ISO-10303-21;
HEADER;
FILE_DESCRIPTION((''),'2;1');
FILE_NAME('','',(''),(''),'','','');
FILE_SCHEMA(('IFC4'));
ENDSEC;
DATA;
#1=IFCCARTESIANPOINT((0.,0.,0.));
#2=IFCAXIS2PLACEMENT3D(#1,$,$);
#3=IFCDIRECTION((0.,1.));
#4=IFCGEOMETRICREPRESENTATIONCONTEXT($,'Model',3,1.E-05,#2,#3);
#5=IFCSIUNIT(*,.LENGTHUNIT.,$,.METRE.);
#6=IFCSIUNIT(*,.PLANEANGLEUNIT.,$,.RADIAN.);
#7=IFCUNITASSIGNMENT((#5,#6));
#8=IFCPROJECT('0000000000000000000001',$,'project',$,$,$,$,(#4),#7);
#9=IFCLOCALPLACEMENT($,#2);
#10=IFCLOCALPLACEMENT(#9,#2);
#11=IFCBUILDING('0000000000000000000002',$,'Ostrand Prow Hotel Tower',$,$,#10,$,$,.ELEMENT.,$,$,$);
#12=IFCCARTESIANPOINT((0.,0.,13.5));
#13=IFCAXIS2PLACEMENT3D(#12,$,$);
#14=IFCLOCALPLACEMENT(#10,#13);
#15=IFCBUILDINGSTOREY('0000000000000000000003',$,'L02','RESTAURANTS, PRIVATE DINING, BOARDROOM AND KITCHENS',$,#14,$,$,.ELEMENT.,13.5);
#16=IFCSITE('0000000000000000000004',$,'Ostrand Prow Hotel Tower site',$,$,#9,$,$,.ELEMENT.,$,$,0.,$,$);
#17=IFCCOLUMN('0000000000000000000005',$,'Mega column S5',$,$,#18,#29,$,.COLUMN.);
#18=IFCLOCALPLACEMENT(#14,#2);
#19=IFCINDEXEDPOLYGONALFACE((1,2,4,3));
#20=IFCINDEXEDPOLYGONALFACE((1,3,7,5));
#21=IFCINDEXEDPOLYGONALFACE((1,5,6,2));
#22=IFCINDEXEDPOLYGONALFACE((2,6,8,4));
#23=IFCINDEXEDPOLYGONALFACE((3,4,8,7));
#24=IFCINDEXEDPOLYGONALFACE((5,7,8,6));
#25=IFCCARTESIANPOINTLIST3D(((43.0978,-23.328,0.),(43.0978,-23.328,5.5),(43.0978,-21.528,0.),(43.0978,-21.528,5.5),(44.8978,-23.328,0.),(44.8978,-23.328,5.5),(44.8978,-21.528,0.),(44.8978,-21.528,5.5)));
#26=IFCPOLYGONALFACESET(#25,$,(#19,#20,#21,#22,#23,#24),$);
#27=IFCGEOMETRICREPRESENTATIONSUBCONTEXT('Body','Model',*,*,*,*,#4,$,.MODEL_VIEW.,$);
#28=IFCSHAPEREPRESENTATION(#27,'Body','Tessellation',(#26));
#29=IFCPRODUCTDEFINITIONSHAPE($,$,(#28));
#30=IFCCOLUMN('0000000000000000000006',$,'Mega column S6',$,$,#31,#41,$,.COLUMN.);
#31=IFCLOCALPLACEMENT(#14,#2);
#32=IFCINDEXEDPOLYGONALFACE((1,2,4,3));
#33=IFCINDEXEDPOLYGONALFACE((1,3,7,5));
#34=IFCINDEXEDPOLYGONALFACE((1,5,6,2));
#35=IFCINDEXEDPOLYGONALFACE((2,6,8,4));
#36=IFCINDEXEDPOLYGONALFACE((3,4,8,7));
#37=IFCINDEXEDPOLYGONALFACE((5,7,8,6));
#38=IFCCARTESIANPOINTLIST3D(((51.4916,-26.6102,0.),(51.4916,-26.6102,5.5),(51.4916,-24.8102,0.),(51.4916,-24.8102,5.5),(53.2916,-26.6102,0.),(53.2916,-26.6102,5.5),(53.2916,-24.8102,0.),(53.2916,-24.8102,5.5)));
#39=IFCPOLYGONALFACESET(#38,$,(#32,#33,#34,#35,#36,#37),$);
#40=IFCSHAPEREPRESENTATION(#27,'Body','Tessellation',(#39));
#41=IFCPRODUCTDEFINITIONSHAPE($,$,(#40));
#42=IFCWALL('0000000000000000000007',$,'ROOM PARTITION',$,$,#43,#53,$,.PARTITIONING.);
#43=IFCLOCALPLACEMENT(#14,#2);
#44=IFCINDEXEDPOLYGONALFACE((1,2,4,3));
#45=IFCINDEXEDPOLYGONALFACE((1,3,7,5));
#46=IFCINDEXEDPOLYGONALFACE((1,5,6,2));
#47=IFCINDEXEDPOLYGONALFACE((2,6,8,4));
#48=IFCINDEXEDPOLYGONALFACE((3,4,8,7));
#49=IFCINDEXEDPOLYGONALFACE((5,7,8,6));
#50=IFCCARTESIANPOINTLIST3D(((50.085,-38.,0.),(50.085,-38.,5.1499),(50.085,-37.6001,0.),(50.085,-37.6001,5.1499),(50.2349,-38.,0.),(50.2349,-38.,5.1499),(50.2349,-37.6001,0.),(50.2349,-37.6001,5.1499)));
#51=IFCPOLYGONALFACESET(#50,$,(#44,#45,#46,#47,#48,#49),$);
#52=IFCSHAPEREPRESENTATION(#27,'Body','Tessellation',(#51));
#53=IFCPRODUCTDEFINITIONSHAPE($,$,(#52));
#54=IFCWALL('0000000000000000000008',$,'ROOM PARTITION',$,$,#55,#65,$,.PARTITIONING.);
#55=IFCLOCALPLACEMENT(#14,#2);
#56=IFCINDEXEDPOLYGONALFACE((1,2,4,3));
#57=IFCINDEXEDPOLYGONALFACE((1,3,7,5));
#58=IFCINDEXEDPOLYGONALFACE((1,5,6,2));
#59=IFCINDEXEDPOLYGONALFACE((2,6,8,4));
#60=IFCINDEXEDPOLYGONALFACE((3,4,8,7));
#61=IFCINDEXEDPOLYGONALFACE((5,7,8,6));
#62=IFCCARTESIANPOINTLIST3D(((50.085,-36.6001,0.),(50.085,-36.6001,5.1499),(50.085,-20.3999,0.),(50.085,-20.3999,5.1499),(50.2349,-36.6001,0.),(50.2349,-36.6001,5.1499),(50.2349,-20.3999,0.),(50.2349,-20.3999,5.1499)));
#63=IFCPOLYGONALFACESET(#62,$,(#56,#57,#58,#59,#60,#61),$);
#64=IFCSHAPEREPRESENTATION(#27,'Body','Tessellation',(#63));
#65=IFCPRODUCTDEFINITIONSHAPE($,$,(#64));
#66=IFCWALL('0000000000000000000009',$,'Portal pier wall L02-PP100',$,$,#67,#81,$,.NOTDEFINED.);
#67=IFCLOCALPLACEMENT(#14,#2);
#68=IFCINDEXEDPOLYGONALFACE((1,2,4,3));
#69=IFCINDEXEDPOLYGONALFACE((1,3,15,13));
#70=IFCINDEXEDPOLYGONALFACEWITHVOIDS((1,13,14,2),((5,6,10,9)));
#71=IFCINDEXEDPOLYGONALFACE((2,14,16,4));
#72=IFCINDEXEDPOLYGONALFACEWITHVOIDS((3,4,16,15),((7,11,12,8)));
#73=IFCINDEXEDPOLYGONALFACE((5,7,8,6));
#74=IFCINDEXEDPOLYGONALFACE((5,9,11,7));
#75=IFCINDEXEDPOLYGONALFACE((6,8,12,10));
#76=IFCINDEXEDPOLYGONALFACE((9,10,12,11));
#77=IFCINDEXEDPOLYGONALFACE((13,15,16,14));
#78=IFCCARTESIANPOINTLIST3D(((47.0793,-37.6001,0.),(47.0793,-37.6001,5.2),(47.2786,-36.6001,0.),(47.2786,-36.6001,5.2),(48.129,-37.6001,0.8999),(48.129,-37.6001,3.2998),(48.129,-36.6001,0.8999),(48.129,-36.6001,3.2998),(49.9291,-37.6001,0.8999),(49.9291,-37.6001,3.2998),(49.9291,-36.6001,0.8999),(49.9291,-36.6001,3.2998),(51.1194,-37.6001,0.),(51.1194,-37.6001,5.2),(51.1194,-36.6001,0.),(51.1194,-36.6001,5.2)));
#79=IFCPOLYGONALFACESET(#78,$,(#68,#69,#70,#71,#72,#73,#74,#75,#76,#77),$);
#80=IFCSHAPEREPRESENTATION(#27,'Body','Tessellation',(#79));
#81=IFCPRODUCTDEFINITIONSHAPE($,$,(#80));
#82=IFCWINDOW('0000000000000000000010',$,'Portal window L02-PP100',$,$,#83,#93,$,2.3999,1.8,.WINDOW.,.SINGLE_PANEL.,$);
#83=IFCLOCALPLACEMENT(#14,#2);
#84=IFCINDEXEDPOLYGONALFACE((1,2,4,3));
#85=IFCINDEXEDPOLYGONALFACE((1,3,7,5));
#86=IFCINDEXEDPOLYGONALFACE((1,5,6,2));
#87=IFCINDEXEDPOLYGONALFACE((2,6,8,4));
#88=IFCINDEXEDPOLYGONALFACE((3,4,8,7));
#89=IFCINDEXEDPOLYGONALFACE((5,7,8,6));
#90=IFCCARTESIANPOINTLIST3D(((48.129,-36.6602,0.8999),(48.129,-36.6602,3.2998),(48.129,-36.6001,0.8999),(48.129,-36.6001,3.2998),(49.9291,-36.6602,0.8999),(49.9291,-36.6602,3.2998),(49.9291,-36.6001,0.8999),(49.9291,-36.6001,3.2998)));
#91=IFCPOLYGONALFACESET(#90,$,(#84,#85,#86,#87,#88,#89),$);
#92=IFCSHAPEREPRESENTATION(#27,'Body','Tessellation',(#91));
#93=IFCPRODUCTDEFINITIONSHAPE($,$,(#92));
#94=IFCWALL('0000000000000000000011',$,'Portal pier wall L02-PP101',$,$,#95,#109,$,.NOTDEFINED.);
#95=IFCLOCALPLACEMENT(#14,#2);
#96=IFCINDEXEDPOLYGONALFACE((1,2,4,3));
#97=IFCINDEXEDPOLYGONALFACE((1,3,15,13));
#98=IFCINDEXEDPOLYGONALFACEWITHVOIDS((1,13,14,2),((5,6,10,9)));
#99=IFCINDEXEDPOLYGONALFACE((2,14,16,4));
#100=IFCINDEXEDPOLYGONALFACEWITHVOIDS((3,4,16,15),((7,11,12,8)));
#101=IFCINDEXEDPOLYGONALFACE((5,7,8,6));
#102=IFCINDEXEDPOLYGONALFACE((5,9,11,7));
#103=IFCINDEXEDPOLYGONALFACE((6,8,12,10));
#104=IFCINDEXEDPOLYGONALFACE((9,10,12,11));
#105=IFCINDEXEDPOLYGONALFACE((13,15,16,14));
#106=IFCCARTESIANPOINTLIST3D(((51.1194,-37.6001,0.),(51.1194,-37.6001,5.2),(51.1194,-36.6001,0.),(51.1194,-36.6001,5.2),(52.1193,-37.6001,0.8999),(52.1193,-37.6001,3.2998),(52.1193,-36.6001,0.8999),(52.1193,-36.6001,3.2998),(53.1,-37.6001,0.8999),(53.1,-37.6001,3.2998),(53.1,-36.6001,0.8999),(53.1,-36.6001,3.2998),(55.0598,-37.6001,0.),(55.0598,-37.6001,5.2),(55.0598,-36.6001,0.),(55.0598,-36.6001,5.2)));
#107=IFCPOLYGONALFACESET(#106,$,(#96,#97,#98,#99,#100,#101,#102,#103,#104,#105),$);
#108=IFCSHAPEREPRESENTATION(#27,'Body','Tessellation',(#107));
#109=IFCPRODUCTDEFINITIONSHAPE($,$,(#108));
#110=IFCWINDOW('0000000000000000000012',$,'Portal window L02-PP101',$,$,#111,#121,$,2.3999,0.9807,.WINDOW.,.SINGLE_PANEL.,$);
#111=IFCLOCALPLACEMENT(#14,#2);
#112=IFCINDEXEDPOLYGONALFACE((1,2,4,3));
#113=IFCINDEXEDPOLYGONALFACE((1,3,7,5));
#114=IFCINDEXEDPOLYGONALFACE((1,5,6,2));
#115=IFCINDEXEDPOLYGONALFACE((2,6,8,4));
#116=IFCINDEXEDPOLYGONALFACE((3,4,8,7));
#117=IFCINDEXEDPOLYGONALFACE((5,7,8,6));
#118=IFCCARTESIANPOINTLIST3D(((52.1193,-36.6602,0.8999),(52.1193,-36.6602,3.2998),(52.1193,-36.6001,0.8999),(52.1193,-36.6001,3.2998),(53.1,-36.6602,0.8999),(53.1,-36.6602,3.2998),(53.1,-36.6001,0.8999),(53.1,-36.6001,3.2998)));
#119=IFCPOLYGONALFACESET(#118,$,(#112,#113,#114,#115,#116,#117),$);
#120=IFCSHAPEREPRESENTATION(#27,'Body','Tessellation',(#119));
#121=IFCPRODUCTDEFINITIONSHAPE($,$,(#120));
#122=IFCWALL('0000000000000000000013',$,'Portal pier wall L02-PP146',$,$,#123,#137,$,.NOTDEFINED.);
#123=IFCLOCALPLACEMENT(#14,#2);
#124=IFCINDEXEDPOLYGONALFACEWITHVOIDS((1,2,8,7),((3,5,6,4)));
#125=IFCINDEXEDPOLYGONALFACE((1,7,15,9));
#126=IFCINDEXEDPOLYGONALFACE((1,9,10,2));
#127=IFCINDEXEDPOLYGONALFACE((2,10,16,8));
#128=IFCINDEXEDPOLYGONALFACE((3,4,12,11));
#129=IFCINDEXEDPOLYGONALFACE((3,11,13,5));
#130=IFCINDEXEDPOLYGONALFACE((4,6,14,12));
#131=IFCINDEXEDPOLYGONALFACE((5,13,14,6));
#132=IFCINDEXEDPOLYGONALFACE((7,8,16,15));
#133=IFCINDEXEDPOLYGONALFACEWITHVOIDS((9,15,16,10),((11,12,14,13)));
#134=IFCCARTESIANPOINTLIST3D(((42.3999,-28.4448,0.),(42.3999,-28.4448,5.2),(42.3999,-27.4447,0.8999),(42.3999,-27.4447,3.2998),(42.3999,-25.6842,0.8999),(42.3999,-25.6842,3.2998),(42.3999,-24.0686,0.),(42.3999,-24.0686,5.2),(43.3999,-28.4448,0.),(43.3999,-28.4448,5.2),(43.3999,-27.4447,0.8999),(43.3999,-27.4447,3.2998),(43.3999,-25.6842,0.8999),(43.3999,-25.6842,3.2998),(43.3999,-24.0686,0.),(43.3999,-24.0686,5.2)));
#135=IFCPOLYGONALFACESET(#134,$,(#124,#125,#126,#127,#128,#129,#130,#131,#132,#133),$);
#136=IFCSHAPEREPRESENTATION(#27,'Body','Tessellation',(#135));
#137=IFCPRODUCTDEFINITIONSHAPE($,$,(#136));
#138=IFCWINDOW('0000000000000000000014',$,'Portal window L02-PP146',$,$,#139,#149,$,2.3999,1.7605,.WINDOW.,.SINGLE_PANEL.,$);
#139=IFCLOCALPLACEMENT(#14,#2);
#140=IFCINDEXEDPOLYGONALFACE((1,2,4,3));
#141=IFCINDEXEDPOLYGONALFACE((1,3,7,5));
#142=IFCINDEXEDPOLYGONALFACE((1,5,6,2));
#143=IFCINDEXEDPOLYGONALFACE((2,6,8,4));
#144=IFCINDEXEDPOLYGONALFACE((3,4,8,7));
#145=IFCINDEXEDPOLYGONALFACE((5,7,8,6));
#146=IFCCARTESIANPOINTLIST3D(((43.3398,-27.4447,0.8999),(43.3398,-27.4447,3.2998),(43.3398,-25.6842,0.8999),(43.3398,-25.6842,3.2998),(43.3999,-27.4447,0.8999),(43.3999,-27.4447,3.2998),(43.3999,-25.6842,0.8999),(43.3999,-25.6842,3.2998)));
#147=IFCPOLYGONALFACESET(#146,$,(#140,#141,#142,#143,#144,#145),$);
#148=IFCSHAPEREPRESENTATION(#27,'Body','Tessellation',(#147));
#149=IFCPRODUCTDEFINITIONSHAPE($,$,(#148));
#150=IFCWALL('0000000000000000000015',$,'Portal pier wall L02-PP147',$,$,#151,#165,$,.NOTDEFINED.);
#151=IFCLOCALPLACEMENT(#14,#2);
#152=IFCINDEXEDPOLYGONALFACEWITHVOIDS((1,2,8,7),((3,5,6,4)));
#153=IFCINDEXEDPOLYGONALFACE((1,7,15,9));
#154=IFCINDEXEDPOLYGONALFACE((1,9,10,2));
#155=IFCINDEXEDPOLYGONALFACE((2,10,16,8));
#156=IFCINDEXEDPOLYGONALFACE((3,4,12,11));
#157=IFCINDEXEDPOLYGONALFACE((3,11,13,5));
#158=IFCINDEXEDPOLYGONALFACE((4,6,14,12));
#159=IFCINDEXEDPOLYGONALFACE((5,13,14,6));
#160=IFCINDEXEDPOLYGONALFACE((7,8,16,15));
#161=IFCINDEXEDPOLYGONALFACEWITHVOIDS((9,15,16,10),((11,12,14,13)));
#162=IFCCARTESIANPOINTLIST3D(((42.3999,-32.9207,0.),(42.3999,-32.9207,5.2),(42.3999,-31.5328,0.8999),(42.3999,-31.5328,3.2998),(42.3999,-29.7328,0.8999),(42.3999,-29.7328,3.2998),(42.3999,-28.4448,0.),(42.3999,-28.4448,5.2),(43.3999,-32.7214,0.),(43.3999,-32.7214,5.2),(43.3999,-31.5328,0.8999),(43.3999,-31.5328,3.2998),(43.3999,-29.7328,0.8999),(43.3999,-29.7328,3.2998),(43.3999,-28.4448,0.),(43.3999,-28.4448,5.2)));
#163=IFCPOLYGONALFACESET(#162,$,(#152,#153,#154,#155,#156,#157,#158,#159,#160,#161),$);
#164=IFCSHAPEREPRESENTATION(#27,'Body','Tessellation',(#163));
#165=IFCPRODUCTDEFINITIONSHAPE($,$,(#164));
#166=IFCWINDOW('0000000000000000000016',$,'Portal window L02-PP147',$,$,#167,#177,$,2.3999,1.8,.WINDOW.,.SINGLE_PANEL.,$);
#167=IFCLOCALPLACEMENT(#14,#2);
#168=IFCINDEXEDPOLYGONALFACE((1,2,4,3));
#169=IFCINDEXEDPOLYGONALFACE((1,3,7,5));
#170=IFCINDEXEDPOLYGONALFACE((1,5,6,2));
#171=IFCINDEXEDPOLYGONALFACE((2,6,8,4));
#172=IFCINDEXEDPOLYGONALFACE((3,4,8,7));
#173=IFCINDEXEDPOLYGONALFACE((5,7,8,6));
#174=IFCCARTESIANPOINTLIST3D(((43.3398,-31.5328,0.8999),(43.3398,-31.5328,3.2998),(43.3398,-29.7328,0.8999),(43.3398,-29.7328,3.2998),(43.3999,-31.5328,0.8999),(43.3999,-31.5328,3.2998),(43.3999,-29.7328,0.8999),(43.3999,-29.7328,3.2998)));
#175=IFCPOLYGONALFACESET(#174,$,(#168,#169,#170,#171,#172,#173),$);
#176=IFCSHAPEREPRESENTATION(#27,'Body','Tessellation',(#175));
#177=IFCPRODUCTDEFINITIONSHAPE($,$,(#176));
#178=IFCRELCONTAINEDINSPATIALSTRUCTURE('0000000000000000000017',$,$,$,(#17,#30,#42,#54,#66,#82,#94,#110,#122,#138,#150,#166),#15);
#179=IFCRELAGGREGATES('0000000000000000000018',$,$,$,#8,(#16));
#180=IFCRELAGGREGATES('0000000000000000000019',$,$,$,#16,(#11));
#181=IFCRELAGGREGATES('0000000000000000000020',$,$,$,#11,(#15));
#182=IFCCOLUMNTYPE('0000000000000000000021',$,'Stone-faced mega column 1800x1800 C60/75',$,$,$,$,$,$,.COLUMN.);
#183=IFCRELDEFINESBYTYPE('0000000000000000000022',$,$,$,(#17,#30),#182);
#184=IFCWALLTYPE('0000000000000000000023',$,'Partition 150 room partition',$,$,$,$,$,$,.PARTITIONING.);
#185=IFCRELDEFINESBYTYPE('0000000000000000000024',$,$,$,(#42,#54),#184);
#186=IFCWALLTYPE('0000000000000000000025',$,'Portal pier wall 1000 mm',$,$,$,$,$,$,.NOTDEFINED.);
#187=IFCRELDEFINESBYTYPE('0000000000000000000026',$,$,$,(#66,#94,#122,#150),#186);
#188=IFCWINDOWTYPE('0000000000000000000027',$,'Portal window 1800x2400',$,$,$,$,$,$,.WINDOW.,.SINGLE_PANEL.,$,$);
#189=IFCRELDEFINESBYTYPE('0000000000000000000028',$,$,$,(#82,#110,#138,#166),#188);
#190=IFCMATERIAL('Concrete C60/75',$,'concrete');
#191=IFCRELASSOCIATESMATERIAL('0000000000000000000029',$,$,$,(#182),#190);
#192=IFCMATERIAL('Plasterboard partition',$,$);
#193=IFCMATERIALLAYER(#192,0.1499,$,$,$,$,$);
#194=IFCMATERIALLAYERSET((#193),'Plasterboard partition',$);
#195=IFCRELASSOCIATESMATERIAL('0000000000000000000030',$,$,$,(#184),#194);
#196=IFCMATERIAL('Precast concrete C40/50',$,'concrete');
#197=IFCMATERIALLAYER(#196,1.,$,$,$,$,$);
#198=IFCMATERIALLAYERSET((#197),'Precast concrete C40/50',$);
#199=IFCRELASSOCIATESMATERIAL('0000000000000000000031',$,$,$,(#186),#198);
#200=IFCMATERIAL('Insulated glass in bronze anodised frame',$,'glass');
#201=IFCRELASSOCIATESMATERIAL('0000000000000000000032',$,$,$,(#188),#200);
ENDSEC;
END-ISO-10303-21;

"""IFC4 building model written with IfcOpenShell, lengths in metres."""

from ifc_helpers import new_model, si_unit, direction, frame, frame_2d, origin, origin_2d, place, context, subcontext, project, spatial, polyline, rectangle, outline, extrude, material, layer, layer_set, material_profile, profile_set, type_object, element, fill, save


model = new_model("IFC4")

# Units and contexts
model_context = context("Model", 3, precision=1e-05, world=origin(), true_north=direction((0.0, 1.0)))
body_context = subcontext(model_context, "Body", "Model", "MODEL_VIEW")
ifc_project = project(units=[si_unit("LENGTHUNIT", "METRE"), si_unit("PLANEANGLEUNIT", "RADIAN")], contexts=[model_context])

# Site, building, storey
site_placement = place(None, origin())
site = spatial("IfcSite", under=ifc_project, at=site_placement, Name="Ostrand Prow Hotel Tower site", CompositionType="ELEMENT", RefElevation=0.0)
building_placement = place(site_placement, origin())
building = spatial("IfcBuilding", under=site, at=building_placement, Name="Ostrand Prow Hotel Tower", CompositionType="ELEMENT")
storey_placement = place(building_placement, frame((0.0, 0.0, 13.5)))
storey = spatial("IfcBuildingStorey", under=building, at=storey_placement, Name="L02", Description="RESTAURANTS, PRIVATE DINING, BOARDROOM AND KITCHENS", CompositionType="ELEMENT", Elevation=13.5)

# Columns
ifc_material_1 = material(Name="Concrete C60/75", Category="concrete")
ifc_material_profile = material_profile(ifc_material_1, rectangle(XDim=1.8, YDim=1.8, at=origin_2d()), Name="RC 1800x1800")
ifc_profile_set = profile_set([ifc_material_profile], Name="Concrete C60/75")
column_type = type_object("IfcColumnType", Name="Stone-faced mega column 1800x1800 C60/75", PredefinedType="COLUMN", material=ifc_profile_set)
for number, where, z_axis, x_axis, name in (
    (1, (43.9978, -22.428, 0.0), (0.0, 0.0, 1.0), (1.0, 0.0, 0.0), "Mega column S5"),
    (2, (52.3916, -25.7102, 0.0), (0.0, 0.0, 1.0), (1.0, 0.0, 0.0), "Mega column S6"),
):
    element("IfcColumn", number, at=place(storey_placement, frame(where, z_axis=z_axis, x_axis=x_axis)), inside=storey, type_object=column_type, Name=name, PredefinedType="COLUMN", context=body_context, shape_type="SweptSolid", body=[
        extrude(rectangle(XDim=1.8, YDim=1.8, at=origin_2d()), origin(), (0.0, 0.0, 1.0), 5.5),
    ])

# Walls
ifc_material_2 = material(Name="Plasterboard partition")
ifc_layer_1 = layer(ifc_material_2, 0.1499)
ifc_layer_set_1 = layer_set([ifc_layer_1], Name="Plasterboard partition")
wall_type_1 = type_object("IfcWallType", Name="Partition 150 room partition", PredefinedType="PARTITIONING", material=ifc_layer_set_1)
wall_1_placement = place(storey_placement, frame((50.1599, -38.0, 0.0), z_axis=(0.0, 0.0, 1.0), x_axis=(0.0, 1.0, 0.0)))
element("IfcWall", 3, at=wall_1_placement, inside=storey, type_object=wall_type_1, Name="ROOM PARTITION", PredefinedType="PARTITIONING", context=body_context, shape_type="SweptSolid", body=[
    extrude(rectangle(XDim=0.3999, YDim=0.1499, at=frame_2d((0.2, 0.0))), origin(), (0.0, 0.0, 1.0), 5.1499),
])
wall_2_placement = place(storey_placement, frame((50.1599, -36.6001, 0.0), z_axis=(0.0, 0.0, 1.0), x_axis=(0.0, 1.0, 0.0)))
element("IfcWall", 4, at=wall_2_placement, inside=storey, type_object=wall_type_1, Name="ROOM PARTITION", PredefinedType="PARTITIONING", context=body_context, shape_type="SweptSolid", body=[
    extrude(rectangle(XDim=16.2002, YDim=0.1499, at=frame_2d((8.1001, 0.0))), origin(), (0.0, 0.0, 1.0), 5.1499),
])

# Walls, openings, windows
ifc_material_3 = material(Name="Precast concrete C40/50", Category="concrete")
ifc_layer_2 = layer(ifc_material_3, 1.0)
ifc_layer_set_2 = layer_set([ifc_layer_2], Name="Precast concrete C40/50")
wall_type_2 = type_object("IfcWallType", Name="Portal pier wall 1000 mm", PredefinedType="NOTDEFINED", material=ifc_layer_set_2)
wall_3_placement = place(storey_placement, frame((47.179, -37.1001, 0.0), z_axis=(0.0, 0.0, 1.0), x_axis=(1.0, 0.0, 0.0)))
wall_3 = element("IfcWall", 5, at=wall_3_placement, inside=storey, type_object=wall_type_2, Name="Portal pier wall L02-PP100", PredefinedType="NOTDEFINED", context=body_context, shape_type="SweptSolid", body=[
    extrude(outline(polyline([(-0.0996, -0.5), (3.9404, -0.5), (3.9404, 0.5), (0.0996, 0.5), (-0.0996, -0.5)])), origin(), (0.0, 0.0, 1.0), 5.2),
])
opening_1_placement = place(wall_3_placement, frame((0.9502, 0.0, 0.8999)))
opening_1 = element("IfcOpeningElement", 6, at=opening_1_placement, cuts=wall_3, PredefinedType="OPENING", context=body_context, shape_type="SweptSolid", body=[
    extrude(rectangle(XDim=1.8, YDim=2.3999, at=frame_2d((0.8999, 1.2))), frame((0.0, 0.51, 0.0), z_axis=(0.0, -1.0, 0.0), x_axis=(1.0, 0.0, 0.0)), (0.0, 0.0, 1.0), 1.02),
])
ifc_material_4 = material(Name="Insulated glass in bronze anodised frame", Category="glass")
window_type = type_object("IfcWindowType", Name="Portal window 1800x2400", PartitioningType="SINGLE_PANEL", PredefinedType="WINDOW", material=ifc_material_4)
window_1_placement = place(opening_1_placement, origin())
window_1 = element("IfcWindow", 7, at=window_1_placement, inside=storey, type_object=window_type, Name="Portal window L02-PP100", OverallHeight=2.3999, OverallWidth=1.8, PartitioningType="SINGLE_PANEL", PredefinedType="WINDOW", context=body_context, shape_type="SweptSolid", body=[
    extrude(rectangle(XDim=1.8, YDim=2.3999, at=frame_2d((0.8999, 1.2))), frame((0.0, 0.5, 0.0), z_axis=(0.0, -1.0, 0.0), x_axis=(1.0, 0.0, 0.0)), (0.0, 0.0, 1.0), 0.0601),
])
fill(opening_1, window_1)
wall_4_placement = place(storey_placement, frame((51.1194, -37.1001, 0.0), z_axis=(0.0, 0.0, 1.0), x_axis=(1.0, 0.0, 0.0)))
wall_4 = element("IfcWall", 8, at=wall_4_placement, inside=storey, type_object=wall_type_2, Name="Portal pier wall L02-PP101", PredefinedType="NOTDEFINED", context=body_context, shape_type="SweptSolid", body=[
    extrude(outline(polyline([(0.0, -0.5), (3.9404, -0.5), (3.9404, 0.5), (0.0, 0.5), (0.0, -0.5)])), origin(), (0.0, 0.0, 1.0), 5.2),
])
opening_2_placement = place(wall_4_placement, frame((1.0, 0.0, 0.8999)))
opening_2 = element("IfcOpeningElement", 9, at=opening_2_placement, cuts=wall_4, PredefinedType="OPENING", context=body_context, shape_type="SweptSolid", body=[
    extrude(rectangle(XDim=0.9807, YDim=2.3999, at=frame_2d((0.4902, 1.2))), frame((0.0, 0.51, 0.0), z_axis=(0.0, -1.0, 0.0), x_axis=(1.0, 0.0, 0.0)), (0.0, 0.0, 1.0), 1.02),
])
window_2_placement = place(opening_2_placement, origin())
window_2 = element("IfcWindow", 10, at=window_2_placement, inside=storey, type_object=window_type, Name="Portal window L02-PP101", OverallHeight=2.3999, OverallWidth=0.9807, PartitioningType="SINGLE_PANEL", PredefinedType="WINDOW", context=body_context, shape_type="SweptSolid", body=[
    extrude(rectangle(XDim=0.9807, YDim=2.3999, at=frame_2d((0.4902, 1.2))), frame((0.0, 0.5, 0.0), z_axis=(0.0, -1.0, 0.0), x_axis=(1.0, 0.0, 0.0)), (0.0, 0.0, 1.0), 0.0601),
])
fill(opening_2, window_2)
wall_5_placement = place(storey_placement, frame((42.8999, -24.0686, 0.0), z_axis=(0.0, 0.0, 1.0), x_axis=(0.0, -1.0, 0.0)))
wall_5 = element("IfcWall", 11, at=wall_5_placement, inside=storey, type_object=wall_type_2, Name="Portal pier wall L02-PP146", PredefinedType="NOTDEFINED", context=body_context, shape_type="SweptSolid", body=[
    extrude(outline(polyline([(0.0, -0.5), (4.3762, -0.5), (4.3762, 0.5), (0.0, 0.5), (0.0, -0.5)])), origin(), (0.0, 0.0, 1.0), 5.2),
])
opening_3_placement = place(wall_5_placement, frame((1.6155, 0.0, 0.8999)))
opening_3 = element("IfcOpeningElement", 12, at=opening_3_placement, cuts=wall_5, PredefinedType="OPENING", context=body_context, shape_type="SweptSolid", body=[
    extrude(rectangle(XDim=1.7605, YDim=2.3999, at=frame_2d((0.8804, 1.2))), frame((0.0, 0.51, 0.0), z_axis=(0.0, -1.0, 0.0), x_axis=(1.0, 0.0, 0.0)), (0.0, 0.0, 1.0), 1.02),
])
window_3_placement = place(opening_3_placement, origin())
window_3 = element("IfcWindow", 13, at=window_3_placement, inside=storey, type_object=window_type, Name="Portal window L02-PP146", OverallHeight=2.3999, OverallWidth=1.7605, PartitioningType="SINGLE_PANEL", PredefinedType="WINDOW", context=body_context, shape_type="SweptSolid", body=[
    extrude(rectangle(XDim=1.7605, YDim=2.3999, at=frame_2d((0.8804, 1.2))), frame((0.0, 0.5, 0.0), z_axis=(0.0, -1.0, 0.0), x_axis=(1.0, 0.0, 0.0)), (0.0, 0.0, 1.0), 0.0601),
])
fill(opening_3, window_3)
wall_6_placement = place(storey_placement, frame((42.8999, -28.4448, 0.0), z_axis=(0.0, 0.0, 1.0), x_axis=(0.0, -1.0, 0.0)))
wall_6 = element("IfcWall", 14, at=wall_6_placement, inside=storey, type_object=wall_type_2, Name="Portal pier wall L02-PP147", PredefinedType="NOTDEFINED", context=body_context, shape_type="SweptSolid", body=[
    extrude(outline(polyline([(0.0, -0.5), (4.4758, -0.5), (4.2766, 0.5), (0.0, 0.5), (0.0, -0.5)])), origin(), (0.0, 0.0, 1.0), 5.2),
])
opening_4_placement = place(wall_6_placement, frame((1.2881, 0.0, 0.8999)))
opening_4 = element("IfcOpeningElement", 15, at=opening_4_placement, cuts=wall_6, PredefinedType="OPENING", context=body_context, shape_type="SweptSolid", body=[
    extrude(rectangle(XDim=1.8, YDim=2.3999, at=frame_2d((0.8999, 1.2))), frame((0.0, 0.51, 0.0), z_axis=(0.0, -1.0, 0.0), x_axis=(1.0, 0.0, 0.0)), (0.0, 0.0, 1.0), 1.02),
])
window_4_placement = place(opening_4_placement, origin())
window_4 = element("IfcWindow", 16, at=window_4_placement, inside=storey, type_object=window_type, Name="Portal window L02-PP147", OverallHeight=2.3999, OverallWidth=1.8, PartitioningType="SINGLE_PANEL", PredefinedType="WINDOW", context=body_context, shape_type="SweptSolid", body=[
    extrude(rectangle(XDim=1.8, YDim=2.3999, at=frame_2d((0.8999, 1.2))), frame((0.0, 0.5, 0.0), z_axis=(0.0, -1.0, 0.0), x_axis=(1.0, 0.0, 0.0)), (0.0, 0.0, 1.0), 0.0601),
])
fill(opening_4, window_4)

save(model, "model.ifc")
